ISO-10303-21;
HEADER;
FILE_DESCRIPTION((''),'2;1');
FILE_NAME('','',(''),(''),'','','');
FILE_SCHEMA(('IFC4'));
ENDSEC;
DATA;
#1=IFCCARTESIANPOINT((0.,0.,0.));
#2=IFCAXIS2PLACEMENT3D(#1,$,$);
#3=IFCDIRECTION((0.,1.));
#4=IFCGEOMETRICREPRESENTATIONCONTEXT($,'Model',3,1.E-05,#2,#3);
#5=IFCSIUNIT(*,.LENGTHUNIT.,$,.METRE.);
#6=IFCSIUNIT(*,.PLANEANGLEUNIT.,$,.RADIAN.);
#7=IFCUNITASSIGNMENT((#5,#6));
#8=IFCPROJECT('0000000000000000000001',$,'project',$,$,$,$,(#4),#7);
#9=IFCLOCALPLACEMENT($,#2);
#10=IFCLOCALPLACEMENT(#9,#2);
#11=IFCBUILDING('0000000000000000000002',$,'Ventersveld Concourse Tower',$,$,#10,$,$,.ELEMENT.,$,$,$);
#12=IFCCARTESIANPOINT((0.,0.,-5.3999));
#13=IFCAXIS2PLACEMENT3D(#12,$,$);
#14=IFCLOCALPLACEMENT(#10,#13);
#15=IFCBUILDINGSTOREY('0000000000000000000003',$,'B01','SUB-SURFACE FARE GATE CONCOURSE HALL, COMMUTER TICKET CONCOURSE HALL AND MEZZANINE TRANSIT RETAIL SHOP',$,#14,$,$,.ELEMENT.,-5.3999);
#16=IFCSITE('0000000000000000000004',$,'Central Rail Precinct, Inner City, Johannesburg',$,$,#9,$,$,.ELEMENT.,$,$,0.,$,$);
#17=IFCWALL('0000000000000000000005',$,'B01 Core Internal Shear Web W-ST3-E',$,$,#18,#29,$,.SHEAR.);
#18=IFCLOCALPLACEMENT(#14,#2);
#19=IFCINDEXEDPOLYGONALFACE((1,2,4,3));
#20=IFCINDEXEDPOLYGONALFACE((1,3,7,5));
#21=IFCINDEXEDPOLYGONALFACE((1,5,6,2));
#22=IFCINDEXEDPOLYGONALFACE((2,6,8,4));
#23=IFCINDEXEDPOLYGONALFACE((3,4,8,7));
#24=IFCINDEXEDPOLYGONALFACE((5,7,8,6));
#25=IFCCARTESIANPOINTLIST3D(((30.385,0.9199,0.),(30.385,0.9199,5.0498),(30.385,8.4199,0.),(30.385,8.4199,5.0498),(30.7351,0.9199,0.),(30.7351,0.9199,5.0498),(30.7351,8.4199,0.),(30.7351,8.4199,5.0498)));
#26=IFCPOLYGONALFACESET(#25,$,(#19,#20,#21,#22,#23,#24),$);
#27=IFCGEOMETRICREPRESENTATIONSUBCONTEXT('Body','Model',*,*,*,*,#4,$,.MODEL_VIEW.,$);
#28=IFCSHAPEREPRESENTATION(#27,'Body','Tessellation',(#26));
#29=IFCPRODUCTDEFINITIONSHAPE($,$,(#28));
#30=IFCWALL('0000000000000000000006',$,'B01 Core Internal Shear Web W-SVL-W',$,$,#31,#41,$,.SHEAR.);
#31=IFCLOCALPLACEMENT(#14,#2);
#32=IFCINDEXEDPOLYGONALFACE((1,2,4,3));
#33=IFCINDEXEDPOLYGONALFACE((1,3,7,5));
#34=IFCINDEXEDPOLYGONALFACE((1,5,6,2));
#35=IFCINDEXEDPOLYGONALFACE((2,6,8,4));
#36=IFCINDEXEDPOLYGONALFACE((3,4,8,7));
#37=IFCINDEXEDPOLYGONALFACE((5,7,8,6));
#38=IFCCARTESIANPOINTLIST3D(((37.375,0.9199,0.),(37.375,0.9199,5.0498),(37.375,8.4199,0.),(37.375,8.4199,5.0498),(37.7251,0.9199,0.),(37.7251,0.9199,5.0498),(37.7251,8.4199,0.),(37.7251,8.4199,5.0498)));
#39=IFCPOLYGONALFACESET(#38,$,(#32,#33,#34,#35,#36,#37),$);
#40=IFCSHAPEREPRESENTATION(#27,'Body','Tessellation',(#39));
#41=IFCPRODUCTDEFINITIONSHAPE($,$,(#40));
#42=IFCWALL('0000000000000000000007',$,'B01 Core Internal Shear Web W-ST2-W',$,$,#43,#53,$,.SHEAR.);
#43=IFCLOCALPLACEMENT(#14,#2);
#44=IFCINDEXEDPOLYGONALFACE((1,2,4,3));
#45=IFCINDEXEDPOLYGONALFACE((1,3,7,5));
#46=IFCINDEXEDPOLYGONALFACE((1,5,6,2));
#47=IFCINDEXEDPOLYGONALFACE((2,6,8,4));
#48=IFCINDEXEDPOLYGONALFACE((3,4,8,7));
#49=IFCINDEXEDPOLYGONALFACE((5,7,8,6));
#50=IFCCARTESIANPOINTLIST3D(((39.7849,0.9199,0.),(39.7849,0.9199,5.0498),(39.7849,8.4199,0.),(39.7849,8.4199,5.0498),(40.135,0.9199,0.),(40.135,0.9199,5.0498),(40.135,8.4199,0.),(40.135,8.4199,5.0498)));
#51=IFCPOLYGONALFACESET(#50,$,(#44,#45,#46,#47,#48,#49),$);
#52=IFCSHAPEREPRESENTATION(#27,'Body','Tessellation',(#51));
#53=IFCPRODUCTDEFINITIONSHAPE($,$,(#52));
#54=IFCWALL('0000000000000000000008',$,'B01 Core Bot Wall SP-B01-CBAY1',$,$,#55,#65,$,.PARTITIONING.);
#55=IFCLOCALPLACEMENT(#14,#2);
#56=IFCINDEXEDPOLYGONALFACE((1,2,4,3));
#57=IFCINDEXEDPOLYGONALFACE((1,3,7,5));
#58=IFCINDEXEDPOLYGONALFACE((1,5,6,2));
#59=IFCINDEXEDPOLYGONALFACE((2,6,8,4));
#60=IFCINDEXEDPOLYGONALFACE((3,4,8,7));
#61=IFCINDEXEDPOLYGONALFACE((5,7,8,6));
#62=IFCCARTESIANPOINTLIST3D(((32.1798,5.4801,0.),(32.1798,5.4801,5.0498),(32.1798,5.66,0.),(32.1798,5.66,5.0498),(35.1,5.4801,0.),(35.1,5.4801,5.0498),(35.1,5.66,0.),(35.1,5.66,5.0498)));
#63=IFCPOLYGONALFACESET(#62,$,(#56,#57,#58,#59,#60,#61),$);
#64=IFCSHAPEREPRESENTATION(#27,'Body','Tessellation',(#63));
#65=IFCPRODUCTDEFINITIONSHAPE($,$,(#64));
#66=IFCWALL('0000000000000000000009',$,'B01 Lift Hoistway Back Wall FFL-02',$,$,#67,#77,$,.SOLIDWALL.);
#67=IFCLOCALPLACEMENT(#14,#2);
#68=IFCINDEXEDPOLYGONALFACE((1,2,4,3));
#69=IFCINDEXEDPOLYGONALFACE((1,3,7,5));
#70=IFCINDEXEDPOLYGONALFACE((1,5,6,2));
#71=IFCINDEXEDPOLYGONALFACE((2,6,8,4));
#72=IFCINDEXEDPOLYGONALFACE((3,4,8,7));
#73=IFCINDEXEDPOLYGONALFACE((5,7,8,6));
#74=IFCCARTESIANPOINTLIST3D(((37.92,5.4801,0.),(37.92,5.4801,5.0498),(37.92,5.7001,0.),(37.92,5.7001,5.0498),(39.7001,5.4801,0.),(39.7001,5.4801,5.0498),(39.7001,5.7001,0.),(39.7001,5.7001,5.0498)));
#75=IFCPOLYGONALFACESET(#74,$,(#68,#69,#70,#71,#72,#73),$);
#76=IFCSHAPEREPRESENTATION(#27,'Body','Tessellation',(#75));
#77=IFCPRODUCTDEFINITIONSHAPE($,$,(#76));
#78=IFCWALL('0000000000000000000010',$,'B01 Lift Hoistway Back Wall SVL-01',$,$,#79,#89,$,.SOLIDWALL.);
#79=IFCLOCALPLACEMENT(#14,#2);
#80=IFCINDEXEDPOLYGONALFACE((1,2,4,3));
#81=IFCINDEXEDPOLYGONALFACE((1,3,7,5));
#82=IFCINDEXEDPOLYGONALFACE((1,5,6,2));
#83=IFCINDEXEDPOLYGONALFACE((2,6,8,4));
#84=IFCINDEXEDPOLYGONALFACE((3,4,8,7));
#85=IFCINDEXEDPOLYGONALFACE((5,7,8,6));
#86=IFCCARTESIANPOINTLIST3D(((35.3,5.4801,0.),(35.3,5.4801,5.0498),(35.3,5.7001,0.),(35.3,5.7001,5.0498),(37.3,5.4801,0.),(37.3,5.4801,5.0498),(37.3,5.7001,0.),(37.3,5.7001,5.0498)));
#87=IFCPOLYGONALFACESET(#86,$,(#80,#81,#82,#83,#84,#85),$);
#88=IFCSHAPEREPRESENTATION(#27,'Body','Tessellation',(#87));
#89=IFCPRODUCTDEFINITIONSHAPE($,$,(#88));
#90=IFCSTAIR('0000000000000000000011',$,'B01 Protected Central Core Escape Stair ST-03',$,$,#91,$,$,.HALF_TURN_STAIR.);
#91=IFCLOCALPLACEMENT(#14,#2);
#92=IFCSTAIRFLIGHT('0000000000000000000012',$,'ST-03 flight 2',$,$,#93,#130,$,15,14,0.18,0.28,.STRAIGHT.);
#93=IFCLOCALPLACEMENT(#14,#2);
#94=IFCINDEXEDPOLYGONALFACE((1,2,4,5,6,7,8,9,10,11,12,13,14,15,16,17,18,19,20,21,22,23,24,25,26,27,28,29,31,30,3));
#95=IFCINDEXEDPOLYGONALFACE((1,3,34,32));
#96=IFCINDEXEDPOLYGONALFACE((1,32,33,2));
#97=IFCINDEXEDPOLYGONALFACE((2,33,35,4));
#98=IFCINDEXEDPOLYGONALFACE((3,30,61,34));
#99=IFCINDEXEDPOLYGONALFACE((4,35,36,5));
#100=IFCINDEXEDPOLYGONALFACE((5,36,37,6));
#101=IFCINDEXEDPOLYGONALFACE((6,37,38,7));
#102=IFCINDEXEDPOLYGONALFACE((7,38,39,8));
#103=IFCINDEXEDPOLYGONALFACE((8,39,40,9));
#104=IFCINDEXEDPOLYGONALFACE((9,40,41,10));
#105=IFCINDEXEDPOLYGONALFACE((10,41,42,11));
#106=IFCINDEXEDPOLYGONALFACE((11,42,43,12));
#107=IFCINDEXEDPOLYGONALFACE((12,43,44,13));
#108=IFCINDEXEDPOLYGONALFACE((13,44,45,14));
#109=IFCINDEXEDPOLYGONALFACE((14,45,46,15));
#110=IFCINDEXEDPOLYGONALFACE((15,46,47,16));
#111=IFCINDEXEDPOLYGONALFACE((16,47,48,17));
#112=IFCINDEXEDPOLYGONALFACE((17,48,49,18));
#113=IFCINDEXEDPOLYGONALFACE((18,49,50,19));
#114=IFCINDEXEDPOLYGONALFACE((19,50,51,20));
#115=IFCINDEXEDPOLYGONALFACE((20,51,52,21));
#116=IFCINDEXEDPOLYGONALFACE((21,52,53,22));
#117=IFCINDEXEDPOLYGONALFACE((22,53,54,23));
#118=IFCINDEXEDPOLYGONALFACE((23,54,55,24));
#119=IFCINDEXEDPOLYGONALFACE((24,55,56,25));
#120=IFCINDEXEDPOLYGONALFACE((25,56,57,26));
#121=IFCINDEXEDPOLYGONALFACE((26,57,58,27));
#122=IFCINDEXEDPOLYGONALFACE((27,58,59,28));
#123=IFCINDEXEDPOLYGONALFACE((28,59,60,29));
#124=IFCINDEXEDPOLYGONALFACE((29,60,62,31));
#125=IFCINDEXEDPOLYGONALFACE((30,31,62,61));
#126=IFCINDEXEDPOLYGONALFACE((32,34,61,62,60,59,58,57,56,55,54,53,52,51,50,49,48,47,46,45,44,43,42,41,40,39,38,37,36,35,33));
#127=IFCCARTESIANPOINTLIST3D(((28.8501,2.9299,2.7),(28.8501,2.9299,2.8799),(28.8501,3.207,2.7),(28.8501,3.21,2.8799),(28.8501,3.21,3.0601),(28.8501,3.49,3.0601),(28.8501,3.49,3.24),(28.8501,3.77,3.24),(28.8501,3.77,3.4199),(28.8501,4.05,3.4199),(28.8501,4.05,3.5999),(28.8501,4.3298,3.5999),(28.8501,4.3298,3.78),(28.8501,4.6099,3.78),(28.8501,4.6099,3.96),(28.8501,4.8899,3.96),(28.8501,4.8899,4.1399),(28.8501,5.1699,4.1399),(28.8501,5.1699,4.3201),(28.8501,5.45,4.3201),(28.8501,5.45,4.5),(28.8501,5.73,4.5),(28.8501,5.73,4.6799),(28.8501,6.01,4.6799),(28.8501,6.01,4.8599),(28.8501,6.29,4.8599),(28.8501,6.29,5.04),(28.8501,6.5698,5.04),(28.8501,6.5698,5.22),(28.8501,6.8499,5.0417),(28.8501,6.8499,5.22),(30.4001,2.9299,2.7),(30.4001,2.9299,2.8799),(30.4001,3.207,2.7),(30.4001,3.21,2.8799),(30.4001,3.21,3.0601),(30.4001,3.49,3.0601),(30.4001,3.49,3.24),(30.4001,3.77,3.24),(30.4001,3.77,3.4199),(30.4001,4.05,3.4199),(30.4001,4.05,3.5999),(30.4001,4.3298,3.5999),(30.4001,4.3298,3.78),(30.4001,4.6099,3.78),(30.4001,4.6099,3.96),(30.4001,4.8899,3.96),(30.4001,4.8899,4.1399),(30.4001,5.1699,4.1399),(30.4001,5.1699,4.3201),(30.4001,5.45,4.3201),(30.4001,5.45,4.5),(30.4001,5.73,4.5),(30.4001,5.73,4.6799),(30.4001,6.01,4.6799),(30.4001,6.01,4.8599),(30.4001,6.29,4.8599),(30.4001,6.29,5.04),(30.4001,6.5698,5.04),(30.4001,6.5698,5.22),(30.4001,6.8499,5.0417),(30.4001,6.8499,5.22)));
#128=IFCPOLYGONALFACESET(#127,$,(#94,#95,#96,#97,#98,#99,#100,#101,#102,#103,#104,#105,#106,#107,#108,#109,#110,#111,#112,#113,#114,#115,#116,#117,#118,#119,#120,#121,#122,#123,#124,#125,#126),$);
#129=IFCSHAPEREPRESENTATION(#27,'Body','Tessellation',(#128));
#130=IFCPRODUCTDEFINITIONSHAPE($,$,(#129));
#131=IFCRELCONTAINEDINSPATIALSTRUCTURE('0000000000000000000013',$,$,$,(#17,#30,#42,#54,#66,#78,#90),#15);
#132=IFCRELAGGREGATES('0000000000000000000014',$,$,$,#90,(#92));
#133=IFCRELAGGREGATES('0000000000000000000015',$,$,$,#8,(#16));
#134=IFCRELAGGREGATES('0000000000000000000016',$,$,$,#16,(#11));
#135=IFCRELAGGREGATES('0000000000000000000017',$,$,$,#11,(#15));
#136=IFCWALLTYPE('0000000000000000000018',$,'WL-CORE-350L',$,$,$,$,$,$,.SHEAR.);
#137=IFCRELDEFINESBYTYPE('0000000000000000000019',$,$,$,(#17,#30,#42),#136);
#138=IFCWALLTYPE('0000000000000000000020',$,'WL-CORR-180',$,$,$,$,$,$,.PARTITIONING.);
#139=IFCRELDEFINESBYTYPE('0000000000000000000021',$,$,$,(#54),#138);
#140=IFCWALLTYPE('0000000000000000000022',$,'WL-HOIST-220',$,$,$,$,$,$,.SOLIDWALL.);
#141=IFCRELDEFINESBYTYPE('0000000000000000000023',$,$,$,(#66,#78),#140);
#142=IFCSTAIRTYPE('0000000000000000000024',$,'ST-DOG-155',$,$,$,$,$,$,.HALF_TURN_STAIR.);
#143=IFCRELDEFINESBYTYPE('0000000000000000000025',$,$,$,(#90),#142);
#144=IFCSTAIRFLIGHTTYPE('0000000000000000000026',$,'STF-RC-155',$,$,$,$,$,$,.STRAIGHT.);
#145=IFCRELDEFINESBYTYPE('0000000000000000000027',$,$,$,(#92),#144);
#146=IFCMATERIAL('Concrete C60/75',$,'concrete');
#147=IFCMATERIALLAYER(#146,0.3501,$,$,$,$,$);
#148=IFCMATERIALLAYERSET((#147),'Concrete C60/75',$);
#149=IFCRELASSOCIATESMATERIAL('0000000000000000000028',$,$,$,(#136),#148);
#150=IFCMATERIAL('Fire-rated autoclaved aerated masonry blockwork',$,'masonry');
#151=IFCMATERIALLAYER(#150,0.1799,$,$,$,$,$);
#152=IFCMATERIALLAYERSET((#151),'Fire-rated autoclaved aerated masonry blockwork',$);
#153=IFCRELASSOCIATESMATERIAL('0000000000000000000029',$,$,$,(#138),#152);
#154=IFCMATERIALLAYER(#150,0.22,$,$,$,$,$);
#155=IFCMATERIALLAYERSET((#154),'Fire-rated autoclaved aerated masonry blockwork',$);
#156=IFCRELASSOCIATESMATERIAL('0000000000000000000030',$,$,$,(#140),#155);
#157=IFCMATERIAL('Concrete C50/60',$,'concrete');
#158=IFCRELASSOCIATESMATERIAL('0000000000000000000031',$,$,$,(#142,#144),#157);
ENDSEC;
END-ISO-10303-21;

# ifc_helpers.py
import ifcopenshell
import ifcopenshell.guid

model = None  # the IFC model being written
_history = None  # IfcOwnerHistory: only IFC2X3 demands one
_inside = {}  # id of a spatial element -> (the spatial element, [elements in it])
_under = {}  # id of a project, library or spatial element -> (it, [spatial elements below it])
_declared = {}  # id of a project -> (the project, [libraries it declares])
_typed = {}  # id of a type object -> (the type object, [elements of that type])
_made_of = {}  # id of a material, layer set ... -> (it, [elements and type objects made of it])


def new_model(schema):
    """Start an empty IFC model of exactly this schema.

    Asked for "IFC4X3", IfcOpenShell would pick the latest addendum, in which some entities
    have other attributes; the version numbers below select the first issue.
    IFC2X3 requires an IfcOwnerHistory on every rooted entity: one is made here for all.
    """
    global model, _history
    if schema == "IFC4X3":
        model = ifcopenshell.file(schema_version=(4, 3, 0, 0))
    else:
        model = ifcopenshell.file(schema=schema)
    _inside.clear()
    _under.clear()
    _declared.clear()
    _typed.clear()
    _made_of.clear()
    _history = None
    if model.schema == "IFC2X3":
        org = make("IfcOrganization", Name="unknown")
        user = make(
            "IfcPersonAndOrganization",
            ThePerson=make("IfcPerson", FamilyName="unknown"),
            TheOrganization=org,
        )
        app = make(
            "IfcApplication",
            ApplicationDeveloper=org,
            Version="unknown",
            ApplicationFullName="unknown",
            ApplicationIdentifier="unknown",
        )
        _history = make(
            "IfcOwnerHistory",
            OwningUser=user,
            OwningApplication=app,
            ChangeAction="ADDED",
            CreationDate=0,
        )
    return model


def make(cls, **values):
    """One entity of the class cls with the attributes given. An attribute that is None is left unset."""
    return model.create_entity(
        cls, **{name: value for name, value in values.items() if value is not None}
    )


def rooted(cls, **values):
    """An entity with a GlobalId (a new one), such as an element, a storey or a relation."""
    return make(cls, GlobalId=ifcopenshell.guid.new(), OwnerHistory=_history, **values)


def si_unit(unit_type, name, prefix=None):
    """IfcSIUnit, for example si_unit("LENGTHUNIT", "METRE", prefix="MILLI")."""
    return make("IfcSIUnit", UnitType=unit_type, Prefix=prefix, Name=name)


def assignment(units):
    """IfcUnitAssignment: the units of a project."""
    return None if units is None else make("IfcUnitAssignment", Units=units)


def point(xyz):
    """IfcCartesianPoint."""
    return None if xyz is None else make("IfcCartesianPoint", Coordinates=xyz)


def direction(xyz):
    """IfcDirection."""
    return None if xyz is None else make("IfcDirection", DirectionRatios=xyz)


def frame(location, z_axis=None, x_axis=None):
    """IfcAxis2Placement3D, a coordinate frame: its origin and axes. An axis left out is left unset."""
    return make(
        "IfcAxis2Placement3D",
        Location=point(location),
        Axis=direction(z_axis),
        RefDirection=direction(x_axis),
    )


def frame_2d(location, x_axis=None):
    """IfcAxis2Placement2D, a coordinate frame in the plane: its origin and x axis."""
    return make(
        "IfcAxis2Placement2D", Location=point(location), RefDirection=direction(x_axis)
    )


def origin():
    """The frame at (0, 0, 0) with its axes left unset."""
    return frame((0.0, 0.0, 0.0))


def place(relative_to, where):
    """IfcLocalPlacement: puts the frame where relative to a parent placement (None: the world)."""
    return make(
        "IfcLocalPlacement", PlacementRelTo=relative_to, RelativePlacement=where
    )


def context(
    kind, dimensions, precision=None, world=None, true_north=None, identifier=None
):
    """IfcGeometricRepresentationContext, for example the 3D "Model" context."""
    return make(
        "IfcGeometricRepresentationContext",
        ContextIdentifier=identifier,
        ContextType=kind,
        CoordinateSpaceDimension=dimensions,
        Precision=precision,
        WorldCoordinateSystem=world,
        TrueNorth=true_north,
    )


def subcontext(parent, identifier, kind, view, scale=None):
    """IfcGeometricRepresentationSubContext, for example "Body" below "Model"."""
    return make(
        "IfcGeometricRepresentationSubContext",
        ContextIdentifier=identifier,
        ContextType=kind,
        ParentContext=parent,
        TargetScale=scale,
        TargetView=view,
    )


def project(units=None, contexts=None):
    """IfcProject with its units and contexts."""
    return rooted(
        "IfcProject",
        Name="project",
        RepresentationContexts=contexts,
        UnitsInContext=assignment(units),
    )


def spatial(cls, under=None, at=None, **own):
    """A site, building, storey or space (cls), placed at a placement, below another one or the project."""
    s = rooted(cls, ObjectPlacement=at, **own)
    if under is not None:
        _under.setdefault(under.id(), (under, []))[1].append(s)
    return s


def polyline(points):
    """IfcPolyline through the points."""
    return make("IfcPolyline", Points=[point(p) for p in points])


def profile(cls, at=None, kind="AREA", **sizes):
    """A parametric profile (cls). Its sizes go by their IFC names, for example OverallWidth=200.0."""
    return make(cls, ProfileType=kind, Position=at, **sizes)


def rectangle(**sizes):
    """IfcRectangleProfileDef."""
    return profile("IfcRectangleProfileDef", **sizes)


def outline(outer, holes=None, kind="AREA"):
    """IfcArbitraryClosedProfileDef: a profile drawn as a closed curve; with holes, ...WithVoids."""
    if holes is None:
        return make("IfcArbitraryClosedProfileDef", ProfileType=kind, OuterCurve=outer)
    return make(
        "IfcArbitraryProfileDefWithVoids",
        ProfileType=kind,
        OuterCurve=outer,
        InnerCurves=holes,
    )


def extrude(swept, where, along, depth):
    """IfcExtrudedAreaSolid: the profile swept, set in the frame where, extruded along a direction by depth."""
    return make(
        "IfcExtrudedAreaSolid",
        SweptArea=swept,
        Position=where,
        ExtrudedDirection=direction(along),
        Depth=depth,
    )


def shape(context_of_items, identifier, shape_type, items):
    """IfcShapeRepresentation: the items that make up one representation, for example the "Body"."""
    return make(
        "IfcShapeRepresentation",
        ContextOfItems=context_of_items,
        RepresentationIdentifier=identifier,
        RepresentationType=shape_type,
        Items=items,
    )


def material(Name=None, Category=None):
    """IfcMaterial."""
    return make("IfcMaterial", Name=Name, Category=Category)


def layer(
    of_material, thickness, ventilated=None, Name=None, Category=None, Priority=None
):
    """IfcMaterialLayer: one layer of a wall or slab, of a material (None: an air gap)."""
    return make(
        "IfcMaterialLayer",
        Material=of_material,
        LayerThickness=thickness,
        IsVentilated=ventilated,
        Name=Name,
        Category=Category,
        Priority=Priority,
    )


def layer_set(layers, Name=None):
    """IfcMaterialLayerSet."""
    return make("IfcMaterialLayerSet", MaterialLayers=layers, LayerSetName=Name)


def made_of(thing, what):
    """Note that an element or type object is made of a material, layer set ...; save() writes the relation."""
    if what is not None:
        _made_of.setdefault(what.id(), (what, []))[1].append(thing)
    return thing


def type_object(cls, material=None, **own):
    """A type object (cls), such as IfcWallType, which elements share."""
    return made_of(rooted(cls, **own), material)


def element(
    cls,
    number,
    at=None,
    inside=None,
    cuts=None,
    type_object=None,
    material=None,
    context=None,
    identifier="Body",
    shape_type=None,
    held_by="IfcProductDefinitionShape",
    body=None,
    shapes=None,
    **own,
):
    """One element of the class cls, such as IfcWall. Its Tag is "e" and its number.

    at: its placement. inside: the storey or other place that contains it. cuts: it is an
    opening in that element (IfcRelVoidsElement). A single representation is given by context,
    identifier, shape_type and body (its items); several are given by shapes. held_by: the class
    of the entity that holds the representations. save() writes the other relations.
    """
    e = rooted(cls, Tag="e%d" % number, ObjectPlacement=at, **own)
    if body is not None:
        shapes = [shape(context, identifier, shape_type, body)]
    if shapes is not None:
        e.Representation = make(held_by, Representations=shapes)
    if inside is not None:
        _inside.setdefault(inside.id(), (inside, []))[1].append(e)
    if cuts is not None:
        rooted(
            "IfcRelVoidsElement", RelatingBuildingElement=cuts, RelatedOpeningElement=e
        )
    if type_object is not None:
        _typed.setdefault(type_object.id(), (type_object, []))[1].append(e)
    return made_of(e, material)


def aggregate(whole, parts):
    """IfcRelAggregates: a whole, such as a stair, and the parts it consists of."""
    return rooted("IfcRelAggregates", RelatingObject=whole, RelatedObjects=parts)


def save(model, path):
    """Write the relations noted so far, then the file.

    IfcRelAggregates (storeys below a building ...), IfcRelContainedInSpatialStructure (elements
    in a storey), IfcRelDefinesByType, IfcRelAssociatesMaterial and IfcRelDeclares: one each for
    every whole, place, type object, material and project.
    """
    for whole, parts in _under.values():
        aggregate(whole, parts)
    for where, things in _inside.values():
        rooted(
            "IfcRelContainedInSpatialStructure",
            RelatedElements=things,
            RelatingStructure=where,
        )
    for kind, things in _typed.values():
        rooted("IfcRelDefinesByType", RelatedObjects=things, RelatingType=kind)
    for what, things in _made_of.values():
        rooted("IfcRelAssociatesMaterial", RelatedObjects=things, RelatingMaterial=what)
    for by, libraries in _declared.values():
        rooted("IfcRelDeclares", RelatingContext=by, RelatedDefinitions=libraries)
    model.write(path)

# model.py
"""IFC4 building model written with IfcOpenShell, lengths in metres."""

from ifc_helpers import new_model, si_unit, direction, frame, frame_2d, origin, place, context, subcontext, project, spatial, polyline, rectangle, outline, extrude, material, layer, layer_set, type_object, element, aggregate, save


model = new_model("IFC4")

# Units and contexts
model_context = context("Model", 3, precision=1e-05, world=origin(), true_north=direction((0.0, 1.0)))
body_context = subcontext(model_context, "Body", "Model", "MODEL_VIEW")
ifc_project = project(units=[si_unit("LENGTHUNIT", "METRE"), si_unit("PLANEANGLEUNIT", "RADIAN")], contexts=[model_context])

# Site, building, storey
site_placement = place(None, origin())
site = spatial("IfcSite", under=ifc_project, at=site_placement, Name="Central Rail Precinct, Inner City, Johannesburg", CompositionType="ELEMENT", RefElevation=0.0)
building_placement = place(site_placement, origin())
building = spatial("IfcBuilding", under=site, at=building_placement, Name="Ventersveld Concourse Tower", CompositionType="ELEMENT")
storey_placement = place(building_placement, frame((0.0, 0.0, -5.3999)))
storey = spatial("IfcBuildingStorey", under=building, at=storey_placement, Name="B01", Description="SUB-SURFACE FARE GATE CONCOURSE HALL, COMMUTER TICKET CONCOURSE HALL AND MEZZANINE TRANSIT RETAIL SHOP", CompositionType="ELEMENT", Elevation=-5.3999)

# Shared definitions
ifc_material_1 = material(Name="Concrete C50/60", Category="concrete")

# Walls
ifc_material_2 = material(Name="Concrete C60/75", Category="concrete")
ifc_layer_1 = layer(ifc_material_2, 0.3501)
ifc_layer_set_1 = layer_set([ifc_layer_1], Name="Concrete C60/75")
wall_type_1 = type_object("IfcWallType", Name="WL-CORE-350L", PredefinedType="SHEAR", material=ifc_layer_set_1)
for number, where, z_axis, x_axis, name in (
    (1, (30.5601, 0.9199, 0.0), (0.0, 0.0, 1.0), (0.0, 1.0, 0.0), "B01 Core Internal Shear Web W-ST3-E"),
    (2, (37.55, 0.9199, 0.0), (0.0, 0.0, 1.0), (0.0, 1.0, 0.0), "B01 Core Internal Shear Web W-SVL-W"),
    (3, (39.96, 0.9199, 0.0), (0.0, 0.0, 1.0), (0.0, 1.0, 0.0), "B01 Core Internal Shear Web W-ST2-W"),
):
    element("IfcWall", number, at=place(storey_placement, frame(where, z_axis=z_axis, x_axis=x_axis)), inside=storey, type_object=wall_type_1, Name=name, PredefinedType="SHEAR", context=body_context, shape_type="SweptSolid", body=[
        extrude(rectangle(XDim=7.5, YDim=0.3501, at=frame_2d((3.75, 0.0))), origin(), (0.0, 0.0, 1.0), 5.0498),
    ])
ifc_material_3 = material(Name="Fire-rated autoclaved aerated masonry blockwork", Category="masonry")
ifc_layer_2 = layer(ifc_material_3, 0.1799)
ifc_layer_set_2 = layer_set([ifc_layer_2], Name="Fire-rated autoclaved aerated masonry blockwork")
wall_type_2 = type_object("IfcWallType", Name="WL-CORR-180", PredefinedType="PARTITIONING", material=ifc_layer_set_2)
wall_1_placement = place(storey_placement, frame((32.1799, 5.5701, 0.0), z_axis=(0.0, 0.0, 1.0), x_axis=(1.0, 0.0, 0.0)))
element("IfcWall", 4, at=wall_1_placement, inside=storey, type_object=wall_type_2, Name="B01 Core Bot Wall SP-B01-CBAY1", PredefinedType="PARTITIONING", context=body_context, shape_type="SweptSolid", body=[
    extrude(rectangle(XDim=2.9202, YDim=0.1799, at=frame_2d((1.46, 0.0))), origin(), (0.0, 0.0, 1.0), 5.0498),
])
ifc_layer_3 = layer(ifc_material_3, 0.22)
ifc_layer_set_3 = layer_set([ifc_layer_3], Name="Fire-rated autoclaved aerated masonry blockwork")
wall_type_3 = type_object("IfcWallType", Name="WL-HOIST-220", PredefinedType="SOLIDWALL", material=ifc_layer_set_3)
wall_2_placement = place(storey_placement, frame((37.9199, 5.5901, 0.0), z_axis=(0.0, 0.0, 1.0), x_axis=(1.0, 0.0, 0.0)))
element("IfcWall", 5, at=wall_2_placement, inside=storey, type_object=wall_type_3, Name="B01 Lift Hoistway Back Wall FFL-02", PredefinedType="SOLIDWALL", context=body_context, shape_type="SweptSolid", body=[
    extrude(rectangle(XDim=1.78, YDim=0.22, at=frame_2d((0.8901, 0.0))), origin(), (0.0, 0.0, 1.0), 5.0498),
])
wall_3_placement = place(storey_placement, frame((35.3, 5.5901, 0.0), z_axis=(0.0, 0.0, 1.0), x_axis=(1.0, 0.0, 0.0)))
element("IfcWall", 6, at=wall_3_placement, inside=storey, type_object=wall_type_3, Name="B01 Lift Hoistway Back Wall SVL-01", PredefinedType="SOLIDWALL", context=body_context, shape_type="SweptSolid", body=[
    extrude(rectangle(XDim=2.0, YDim=0.22, at=frame_2d((1.0, 0.0))), origin(), (0.0, 0.0, 1.0), 5.0498),
])

# Stair, stair flight
stair_type = type_object("IfcStairType", Name="ST-DOG-155", PredefinedType="HALF_TURN_STAIR", material=ifc_material_1)
stair_placement = place(storey_placement, origin())
stair = element("IfcStair", 7, at=stair_placement, inside=storey, type_object=stair_type, Name="B01 Protected Central Core Escape Stair ST-03", PredefinedType="HALF_TURN_STAIR")
stair_flight_type = type_object("IfcStairFlightType", Name="STF-RC-155", PredefinedType="STRAIGHT", material=ifc_material_1)
stair_flight_placement = place(storey_placement, frame((29.625, 2.9299, 2.7), z_axis=(0.0, 0.0, 1.0), x_axis=(0.0, 1.0, 0.0)))
stair_flight = element("IfcStairFlight", 8, at=stair_flight_placement, type_object=stair_flight_type, Name="ST-03 flight 2", NumberOfRisers=15, NumberOfTreads=14, PredefinedType="STRAIGHT", RiserHeight=0.18, TreadLength=0.28, context=body_context, shape_type="SweptSolid", body=[
    extrude(outline(polyline([(0.0, 0.0), (0.0, 0.1799), (0.28, 0.1799), (0.28, 0.3601), (0.5601, 0.3601), (0.5601, 0.54), (0.8401, 0.54), (0.8401, 0.72), (1.1201, 0.72), (1.1201, 0.8999), (1.3999, 0.8999), (1.3999, 1.0801), (1.6799, 1.0801), (1.6799, 1.26), (1.96, 1.26), (1.96, 1.4399), (2.24, 1.4399), (2.24, 1.6201), (2.52, 1.6201), (2.52, 1.8), (2.8, 1.8), (2.8, 1.98), (3.0801, 1.98), (3.0801, 2.1599), (3.3601, 2.1599), (3.3601, 2.3401), (3.6399, 2.3401), (3.6399, 2.52), (3.9199, 2.52), (3.9199, 2.7), (3.9199, 2.3418), (0.2771, 0.0), (0.0, 0.0)])), frame((0.0, 0.7749, 0.0), z_axis=(0.0, -1.0, 0.0), x_axis=(1.0, 0.0, 0.0)), (0.0, 0.0, 1.0), 1.55),
])
aggregate(stair, [stair_flight])

save(model, "model.ifc")
